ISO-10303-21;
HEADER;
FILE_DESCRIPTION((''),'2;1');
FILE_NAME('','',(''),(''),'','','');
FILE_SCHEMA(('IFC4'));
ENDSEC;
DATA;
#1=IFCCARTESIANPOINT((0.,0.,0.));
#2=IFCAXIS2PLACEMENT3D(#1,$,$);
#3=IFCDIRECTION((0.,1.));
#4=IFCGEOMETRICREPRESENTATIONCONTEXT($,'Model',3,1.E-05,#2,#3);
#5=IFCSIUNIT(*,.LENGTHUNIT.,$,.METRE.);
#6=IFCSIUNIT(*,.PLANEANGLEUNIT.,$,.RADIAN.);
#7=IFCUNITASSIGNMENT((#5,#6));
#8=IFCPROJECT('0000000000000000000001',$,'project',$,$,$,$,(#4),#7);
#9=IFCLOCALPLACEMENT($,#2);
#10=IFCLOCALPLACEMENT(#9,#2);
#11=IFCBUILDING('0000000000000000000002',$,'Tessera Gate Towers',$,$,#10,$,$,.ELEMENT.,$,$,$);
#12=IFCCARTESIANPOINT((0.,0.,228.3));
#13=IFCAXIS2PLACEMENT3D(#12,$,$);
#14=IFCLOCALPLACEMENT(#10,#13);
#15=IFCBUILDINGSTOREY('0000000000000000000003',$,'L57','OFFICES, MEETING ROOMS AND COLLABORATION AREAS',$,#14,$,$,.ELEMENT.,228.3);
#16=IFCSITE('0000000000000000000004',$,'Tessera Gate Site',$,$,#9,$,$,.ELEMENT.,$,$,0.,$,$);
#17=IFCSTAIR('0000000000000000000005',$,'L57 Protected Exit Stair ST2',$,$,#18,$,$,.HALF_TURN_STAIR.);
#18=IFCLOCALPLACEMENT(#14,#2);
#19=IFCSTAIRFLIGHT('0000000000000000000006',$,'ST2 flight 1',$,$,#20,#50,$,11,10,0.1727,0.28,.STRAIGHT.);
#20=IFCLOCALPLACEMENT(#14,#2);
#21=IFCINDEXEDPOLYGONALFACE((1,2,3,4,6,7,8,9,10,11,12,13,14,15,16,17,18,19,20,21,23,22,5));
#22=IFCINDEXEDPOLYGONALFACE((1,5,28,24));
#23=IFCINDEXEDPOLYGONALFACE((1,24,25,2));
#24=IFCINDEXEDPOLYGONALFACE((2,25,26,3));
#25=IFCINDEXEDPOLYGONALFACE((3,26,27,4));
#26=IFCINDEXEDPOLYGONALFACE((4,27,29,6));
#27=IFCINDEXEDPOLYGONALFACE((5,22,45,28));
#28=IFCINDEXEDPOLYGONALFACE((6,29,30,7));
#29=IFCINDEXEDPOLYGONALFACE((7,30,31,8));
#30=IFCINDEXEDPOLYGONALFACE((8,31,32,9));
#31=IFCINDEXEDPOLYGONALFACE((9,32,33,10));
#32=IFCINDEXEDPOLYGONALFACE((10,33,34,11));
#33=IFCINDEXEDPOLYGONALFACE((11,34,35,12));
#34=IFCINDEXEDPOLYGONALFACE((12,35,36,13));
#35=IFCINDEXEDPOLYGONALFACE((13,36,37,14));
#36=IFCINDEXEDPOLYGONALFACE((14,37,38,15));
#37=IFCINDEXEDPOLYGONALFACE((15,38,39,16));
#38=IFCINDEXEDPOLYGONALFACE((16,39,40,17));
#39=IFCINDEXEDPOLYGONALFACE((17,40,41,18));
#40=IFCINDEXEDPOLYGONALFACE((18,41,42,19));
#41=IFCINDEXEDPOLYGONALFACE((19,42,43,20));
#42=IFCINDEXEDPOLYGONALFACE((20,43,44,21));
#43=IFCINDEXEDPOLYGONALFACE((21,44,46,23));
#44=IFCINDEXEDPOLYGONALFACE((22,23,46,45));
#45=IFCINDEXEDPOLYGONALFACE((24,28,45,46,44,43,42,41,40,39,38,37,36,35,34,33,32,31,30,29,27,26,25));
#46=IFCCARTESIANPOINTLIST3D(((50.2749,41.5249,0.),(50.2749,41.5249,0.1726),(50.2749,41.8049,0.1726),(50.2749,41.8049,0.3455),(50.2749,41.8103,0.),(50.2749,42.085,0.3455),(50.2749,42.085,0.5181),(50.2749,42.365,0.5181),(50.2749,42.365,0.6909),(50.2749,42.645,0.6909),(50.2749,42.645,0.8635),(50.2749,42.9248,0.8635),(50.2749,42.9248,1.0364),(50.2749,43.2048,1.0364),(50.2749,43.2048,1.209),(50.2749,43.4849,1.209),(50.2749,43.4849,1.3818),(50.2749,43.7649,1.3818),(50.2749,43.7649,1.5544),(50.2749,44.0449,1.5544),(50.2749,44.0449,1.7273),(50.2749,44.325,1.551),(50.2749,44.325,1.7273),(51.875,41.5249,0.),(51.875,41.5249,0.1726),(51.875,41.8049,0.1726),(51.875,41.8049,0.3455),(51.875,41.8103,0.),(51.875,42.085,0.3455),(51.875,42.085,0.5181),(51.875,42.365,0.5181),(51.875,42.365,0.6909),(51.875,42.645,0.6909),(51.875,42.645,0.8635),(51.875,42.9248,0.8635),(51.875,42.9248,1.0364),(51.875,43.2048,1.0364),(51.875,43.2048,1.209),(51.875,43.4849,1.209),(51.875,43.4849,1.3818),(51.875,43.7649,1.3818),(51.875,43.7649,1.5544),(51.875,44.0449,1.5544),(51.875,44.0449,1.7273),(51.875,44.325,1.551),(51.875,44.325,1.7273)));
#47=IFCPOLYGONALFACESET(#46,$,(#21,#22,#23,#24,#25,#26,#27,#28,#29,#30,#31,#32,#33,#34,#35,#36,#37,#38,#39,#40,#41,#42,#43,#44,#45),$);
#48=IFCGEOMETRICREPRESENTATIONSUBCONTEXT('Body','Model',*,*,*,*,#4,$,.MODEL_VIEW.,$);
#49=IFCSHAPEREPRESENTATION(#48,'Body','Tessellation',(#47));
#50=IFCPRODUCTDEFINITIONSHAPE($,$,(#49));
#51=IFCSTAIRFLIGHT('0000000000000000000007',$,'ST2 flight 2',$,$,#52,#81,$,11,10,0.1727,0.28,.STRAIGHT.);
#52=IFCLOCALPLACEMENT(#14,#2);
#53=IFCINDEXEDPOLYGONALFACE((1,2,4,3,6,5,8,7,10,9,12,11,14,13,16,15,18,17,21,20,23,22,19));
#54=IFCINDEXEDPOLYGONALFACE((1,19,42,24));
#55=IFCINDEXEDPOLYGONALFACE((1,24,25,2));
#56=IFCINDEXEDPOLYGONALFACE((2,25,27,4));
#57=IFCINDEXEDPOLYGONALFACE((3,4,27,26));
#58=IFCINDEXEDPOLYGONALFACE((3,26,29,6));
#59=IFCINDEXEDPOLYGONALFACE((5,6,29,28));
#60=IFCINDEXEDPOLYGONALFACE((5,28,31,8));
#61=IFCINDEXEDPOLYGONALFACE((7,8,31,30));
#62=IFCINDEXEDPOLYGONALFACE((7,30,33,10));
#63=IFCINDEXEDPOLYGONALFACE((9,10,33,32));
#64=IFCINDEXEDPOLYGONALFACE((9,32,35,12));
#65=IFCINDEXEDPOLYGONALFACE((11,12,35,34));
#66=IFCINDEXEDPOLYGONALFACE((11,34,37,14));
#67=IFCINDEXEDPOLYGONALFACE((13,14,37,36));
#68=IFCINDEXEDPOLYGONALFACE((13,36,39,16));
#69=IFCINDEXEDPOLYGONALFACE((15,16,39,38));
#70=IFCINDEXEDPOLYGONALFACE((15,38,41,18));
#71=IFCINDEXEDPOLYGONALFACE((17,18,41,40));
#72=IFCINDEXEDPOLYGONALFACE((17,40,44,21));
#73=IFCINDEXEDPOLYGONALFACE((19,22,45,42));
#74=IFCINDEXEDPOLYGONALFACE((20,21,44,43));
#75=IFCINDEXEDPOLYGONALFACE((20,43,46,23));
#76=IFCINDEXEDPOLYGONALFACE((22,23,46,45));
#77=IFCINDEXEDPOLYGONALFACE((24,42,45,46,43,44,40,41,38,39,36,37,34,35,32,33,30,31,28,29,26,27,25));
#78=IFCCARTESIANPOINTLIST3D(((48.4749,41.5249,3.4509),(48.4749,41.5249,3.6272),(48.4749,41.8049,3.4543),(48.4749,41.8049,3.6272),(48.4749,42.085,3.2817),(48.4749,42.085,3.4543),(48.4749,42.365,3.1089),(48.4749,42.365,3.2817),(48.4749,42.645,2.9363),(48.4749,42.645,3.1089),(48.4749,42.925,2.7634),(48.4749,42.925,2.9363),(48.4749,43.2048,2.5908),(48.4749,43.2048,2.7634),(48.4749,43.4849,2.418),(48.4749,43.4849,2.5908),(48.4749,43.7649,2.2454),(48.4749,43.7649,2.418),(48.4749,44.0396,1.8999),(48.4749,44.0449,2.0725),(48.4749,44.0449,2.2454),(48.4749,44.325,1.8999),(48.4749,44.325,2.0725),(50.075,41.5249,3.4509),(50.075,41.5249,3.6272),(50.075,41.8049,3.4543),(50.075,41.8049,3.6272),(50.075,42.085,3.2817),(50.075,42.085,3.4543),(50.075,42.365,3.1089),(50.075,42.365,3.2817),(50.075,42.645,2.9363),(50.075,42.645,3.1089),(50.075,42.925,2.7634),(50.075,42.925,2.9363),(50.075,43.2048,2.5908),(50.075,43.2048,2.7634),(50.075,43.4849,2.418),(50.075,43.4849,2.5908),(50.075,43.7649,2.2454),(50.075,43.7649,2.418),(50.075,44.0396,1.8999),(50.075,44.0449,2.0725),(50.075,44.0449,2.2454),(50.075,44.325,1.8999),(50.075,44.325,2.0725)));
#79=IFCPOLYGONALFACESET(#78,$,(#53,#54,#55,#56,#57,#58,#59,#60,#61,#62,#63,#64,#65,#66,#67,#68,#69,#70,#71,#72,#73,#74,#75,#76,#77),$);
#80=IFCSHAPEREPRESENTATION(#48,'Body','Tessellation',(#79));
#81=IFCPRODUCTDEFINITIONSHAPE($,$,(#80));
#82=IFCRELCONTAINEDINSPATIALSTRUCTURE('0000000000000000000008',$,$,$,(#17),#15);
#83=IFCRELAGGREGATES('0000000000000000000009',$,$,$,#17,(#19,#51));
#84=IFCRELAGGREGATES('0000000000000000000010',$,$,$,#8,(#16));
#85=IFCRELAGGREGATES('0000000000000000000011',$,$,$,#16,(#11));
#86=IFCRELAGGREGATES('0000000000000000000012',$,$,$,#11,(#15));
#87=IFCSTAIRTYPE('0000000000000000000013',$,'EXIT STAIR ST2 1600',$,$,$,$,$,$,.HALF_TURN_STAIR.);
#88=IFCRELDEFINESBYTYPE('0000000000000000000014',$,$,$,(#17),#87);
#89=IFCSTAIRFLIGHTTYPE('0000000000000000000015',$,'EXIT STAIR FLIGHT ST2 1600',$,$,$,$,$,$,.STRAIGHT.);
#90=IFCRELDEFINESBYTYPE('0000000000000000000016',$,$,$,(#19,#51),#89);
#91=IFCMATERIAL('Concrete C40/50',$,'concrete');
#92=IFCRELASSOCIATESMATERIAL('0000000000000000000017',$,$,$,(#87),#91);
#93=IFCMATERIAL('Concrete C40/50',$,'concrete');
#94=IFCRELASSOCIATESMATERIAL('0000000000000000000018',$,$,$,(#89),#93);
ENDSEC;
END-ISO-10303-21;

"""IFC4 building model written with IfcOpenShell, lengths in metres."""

from ifc_helpers import new_model, si_unit, direction, frame, origin, place, context, subcontext, project, spatial, polyline, outline, extrude, material, type_object, element, aggregate, save


model = new_model("IFC4")

# Units and contexts
model_context = context("Model", 3, precision=1e-05, world=origin(), true_north=direction((0.0, 1.0)))
body_context = subcontext(model_context, "Body", "Model", "MODEL_VIEW")
ifc_project = project(units=[si_unit("LENGTHUNIT", "METRE"), si_unit("PLANEANGLEUNIT", "RADIAN")], contexts=[model_context])

# Site, building, storey
site_placement = place(None, origin())
site = spatial("IfcSite", under=ifc_project, at=site_placement, Name="Tessera Gate Site", CompositionType="ELEMENT", RefElevation=0.0)
building_placement = place(site_placement, origin())
building = spatial("IfcBuilding", under=site, at=building_placement, Name="Tessera Gate Towers", CompositionType="ELEMENT")
storey_placement = place(building_placement, frame((0.0, 0.0, 228.3)))
storey = spatial("IfcBuildingStorey", under=building, at=storey_placement, Name="L57", Description="OFFICES, MEETING ROOMS AND COLLABORATION AREAS", CompositionType="ELEMENT", Elevation=228.3)

# Stair, stair flights
ifc_material_1 = material(Name="Concrete C40/50", Category="concrete")
stair_type = type_object("IfcStairType", Name="EXIT STAIR ST2 1600", PredefinedType="HALF_TURN_STAIR", material=ifc_material_1)
stair_placement = place(storey_placement, origin())
stair = element("IfcStair", 1, at=stair_placement, inside=storey, type_object=stair_type, Name="L57 Protected Exit Stair ST2", PredefinedType="HALF_TURN_STAIR")
ifc_material_2 = material(Name="Concrete C40/50", Category="concrete")
stair_flight_type = type_object("IfcStairFlightType", Name="EXIT STAIR FLIGHT ST2 1600", PredefinedType="STRAIGHT", material=ifc_material_2)
stair_flight_1_placement = place(storey_placement, frame((51.075, 41.5249, 0.0), z_axis=(0.0, 0.0, 1.0), x_axis=(0.0, 1.0, 0.0)))
stair_flight_1 = element("IfcStairFlight", 2, at=stair_flight_1_placement, type_object=stair_flight_type, Name="ST2 flight 1", NumberOfRisers=11, NumberOfTreads=10, PredefinedType="STRAIGHT", RiserHeight=0.1727, TreadLength=0.28, context=body_context, shape_type="SweptSolid", body=[
    extrude(outline(polyline([(0.0, 0.0), (0.0, 0.1726), (0.28, 0.1726), (0.28, 0.3455), (0.5601, 0.3455), (0.5601, 0.5181), (0.8401, 0.5181), (0.8401, 0.6909), (1.1201, 0.6909), (1.1201, 0.8635), (1.3999, 0.8635), (1.3999, 1.0364), (1.6799, 1.0364), (1.6799, 1.209), (1.96, 1.209), (1.96, 1.3818), (2.24, 1.3818), (2.24, 1.5544), (2.52, 1.5544), (2.52, 1.7273), (2.8, 1.7273), (2.8, 1.8999), (2.8, 1.551), (0.2854, 0.0), (0.0, 0.0)])), frame((0.0, 0.8, 0.0), z_axis=(0.0, -1.0, 0.0), x_axis=(1.0, 0.0, 0.0)), (0.0, 0.0, 1.0), 1.6001),
])
stair_flight_2_placement = place(storey_placement, frame((49.2749, 44.325, 1.8999), z_axis=(0.0, 0.0, 1.0), x_axis=(0.0, -1.0, 0.0)))
stair_flight_2 = element("IfcStairFlight", 3, at=stair_flight_2_placement, type_object=stair_flight_type, Name="ST2 flight 2", NumberOfRisers=11, NumberOfTreads=10, PredefinedType="STRAIGHT", RiserHeight=0.1727, TreadLength=0.28, context=body_context, shape_type="SweptSolid", body=[
    extrude(outline(polyline([(0.0, 0.0), (0.0, 0.1726), (0.28, 0.1726), (0.28, 0.3455), (0.5601, 0.3455), (0.5601, 0.5181), (0.8401, 0.5181), (0.8401, 0.6909), (1.1201, 0.6909), (1.1201, 0.8635), (1.3999, 0.8635), (1.3999, 1.0364), (1.6799, 1.0364), (1.6799, 1.209), (1.96, 1.209), (1.96, 1.3818), (2.24, 1.3818), (2.24, 1.5544), (2.52, 1.5544), (2.52, 1.7273), (2.8, 1.7273), (2.8, 1.8999), (2.8, 1.551), (0.2854, 0.0), (0.0, 0.0)])), frame((0.0, 0.8, 0.0), z_axis=(0.0, -1.0, 0.0), x_axis=(1.0, 0.0, 0.0)), (0.0, 0.0, 1.0), 1.6001),
])
aggregate(stair, [stair_flight_1, stair_flight_2])

save(model, "model.ifc")
